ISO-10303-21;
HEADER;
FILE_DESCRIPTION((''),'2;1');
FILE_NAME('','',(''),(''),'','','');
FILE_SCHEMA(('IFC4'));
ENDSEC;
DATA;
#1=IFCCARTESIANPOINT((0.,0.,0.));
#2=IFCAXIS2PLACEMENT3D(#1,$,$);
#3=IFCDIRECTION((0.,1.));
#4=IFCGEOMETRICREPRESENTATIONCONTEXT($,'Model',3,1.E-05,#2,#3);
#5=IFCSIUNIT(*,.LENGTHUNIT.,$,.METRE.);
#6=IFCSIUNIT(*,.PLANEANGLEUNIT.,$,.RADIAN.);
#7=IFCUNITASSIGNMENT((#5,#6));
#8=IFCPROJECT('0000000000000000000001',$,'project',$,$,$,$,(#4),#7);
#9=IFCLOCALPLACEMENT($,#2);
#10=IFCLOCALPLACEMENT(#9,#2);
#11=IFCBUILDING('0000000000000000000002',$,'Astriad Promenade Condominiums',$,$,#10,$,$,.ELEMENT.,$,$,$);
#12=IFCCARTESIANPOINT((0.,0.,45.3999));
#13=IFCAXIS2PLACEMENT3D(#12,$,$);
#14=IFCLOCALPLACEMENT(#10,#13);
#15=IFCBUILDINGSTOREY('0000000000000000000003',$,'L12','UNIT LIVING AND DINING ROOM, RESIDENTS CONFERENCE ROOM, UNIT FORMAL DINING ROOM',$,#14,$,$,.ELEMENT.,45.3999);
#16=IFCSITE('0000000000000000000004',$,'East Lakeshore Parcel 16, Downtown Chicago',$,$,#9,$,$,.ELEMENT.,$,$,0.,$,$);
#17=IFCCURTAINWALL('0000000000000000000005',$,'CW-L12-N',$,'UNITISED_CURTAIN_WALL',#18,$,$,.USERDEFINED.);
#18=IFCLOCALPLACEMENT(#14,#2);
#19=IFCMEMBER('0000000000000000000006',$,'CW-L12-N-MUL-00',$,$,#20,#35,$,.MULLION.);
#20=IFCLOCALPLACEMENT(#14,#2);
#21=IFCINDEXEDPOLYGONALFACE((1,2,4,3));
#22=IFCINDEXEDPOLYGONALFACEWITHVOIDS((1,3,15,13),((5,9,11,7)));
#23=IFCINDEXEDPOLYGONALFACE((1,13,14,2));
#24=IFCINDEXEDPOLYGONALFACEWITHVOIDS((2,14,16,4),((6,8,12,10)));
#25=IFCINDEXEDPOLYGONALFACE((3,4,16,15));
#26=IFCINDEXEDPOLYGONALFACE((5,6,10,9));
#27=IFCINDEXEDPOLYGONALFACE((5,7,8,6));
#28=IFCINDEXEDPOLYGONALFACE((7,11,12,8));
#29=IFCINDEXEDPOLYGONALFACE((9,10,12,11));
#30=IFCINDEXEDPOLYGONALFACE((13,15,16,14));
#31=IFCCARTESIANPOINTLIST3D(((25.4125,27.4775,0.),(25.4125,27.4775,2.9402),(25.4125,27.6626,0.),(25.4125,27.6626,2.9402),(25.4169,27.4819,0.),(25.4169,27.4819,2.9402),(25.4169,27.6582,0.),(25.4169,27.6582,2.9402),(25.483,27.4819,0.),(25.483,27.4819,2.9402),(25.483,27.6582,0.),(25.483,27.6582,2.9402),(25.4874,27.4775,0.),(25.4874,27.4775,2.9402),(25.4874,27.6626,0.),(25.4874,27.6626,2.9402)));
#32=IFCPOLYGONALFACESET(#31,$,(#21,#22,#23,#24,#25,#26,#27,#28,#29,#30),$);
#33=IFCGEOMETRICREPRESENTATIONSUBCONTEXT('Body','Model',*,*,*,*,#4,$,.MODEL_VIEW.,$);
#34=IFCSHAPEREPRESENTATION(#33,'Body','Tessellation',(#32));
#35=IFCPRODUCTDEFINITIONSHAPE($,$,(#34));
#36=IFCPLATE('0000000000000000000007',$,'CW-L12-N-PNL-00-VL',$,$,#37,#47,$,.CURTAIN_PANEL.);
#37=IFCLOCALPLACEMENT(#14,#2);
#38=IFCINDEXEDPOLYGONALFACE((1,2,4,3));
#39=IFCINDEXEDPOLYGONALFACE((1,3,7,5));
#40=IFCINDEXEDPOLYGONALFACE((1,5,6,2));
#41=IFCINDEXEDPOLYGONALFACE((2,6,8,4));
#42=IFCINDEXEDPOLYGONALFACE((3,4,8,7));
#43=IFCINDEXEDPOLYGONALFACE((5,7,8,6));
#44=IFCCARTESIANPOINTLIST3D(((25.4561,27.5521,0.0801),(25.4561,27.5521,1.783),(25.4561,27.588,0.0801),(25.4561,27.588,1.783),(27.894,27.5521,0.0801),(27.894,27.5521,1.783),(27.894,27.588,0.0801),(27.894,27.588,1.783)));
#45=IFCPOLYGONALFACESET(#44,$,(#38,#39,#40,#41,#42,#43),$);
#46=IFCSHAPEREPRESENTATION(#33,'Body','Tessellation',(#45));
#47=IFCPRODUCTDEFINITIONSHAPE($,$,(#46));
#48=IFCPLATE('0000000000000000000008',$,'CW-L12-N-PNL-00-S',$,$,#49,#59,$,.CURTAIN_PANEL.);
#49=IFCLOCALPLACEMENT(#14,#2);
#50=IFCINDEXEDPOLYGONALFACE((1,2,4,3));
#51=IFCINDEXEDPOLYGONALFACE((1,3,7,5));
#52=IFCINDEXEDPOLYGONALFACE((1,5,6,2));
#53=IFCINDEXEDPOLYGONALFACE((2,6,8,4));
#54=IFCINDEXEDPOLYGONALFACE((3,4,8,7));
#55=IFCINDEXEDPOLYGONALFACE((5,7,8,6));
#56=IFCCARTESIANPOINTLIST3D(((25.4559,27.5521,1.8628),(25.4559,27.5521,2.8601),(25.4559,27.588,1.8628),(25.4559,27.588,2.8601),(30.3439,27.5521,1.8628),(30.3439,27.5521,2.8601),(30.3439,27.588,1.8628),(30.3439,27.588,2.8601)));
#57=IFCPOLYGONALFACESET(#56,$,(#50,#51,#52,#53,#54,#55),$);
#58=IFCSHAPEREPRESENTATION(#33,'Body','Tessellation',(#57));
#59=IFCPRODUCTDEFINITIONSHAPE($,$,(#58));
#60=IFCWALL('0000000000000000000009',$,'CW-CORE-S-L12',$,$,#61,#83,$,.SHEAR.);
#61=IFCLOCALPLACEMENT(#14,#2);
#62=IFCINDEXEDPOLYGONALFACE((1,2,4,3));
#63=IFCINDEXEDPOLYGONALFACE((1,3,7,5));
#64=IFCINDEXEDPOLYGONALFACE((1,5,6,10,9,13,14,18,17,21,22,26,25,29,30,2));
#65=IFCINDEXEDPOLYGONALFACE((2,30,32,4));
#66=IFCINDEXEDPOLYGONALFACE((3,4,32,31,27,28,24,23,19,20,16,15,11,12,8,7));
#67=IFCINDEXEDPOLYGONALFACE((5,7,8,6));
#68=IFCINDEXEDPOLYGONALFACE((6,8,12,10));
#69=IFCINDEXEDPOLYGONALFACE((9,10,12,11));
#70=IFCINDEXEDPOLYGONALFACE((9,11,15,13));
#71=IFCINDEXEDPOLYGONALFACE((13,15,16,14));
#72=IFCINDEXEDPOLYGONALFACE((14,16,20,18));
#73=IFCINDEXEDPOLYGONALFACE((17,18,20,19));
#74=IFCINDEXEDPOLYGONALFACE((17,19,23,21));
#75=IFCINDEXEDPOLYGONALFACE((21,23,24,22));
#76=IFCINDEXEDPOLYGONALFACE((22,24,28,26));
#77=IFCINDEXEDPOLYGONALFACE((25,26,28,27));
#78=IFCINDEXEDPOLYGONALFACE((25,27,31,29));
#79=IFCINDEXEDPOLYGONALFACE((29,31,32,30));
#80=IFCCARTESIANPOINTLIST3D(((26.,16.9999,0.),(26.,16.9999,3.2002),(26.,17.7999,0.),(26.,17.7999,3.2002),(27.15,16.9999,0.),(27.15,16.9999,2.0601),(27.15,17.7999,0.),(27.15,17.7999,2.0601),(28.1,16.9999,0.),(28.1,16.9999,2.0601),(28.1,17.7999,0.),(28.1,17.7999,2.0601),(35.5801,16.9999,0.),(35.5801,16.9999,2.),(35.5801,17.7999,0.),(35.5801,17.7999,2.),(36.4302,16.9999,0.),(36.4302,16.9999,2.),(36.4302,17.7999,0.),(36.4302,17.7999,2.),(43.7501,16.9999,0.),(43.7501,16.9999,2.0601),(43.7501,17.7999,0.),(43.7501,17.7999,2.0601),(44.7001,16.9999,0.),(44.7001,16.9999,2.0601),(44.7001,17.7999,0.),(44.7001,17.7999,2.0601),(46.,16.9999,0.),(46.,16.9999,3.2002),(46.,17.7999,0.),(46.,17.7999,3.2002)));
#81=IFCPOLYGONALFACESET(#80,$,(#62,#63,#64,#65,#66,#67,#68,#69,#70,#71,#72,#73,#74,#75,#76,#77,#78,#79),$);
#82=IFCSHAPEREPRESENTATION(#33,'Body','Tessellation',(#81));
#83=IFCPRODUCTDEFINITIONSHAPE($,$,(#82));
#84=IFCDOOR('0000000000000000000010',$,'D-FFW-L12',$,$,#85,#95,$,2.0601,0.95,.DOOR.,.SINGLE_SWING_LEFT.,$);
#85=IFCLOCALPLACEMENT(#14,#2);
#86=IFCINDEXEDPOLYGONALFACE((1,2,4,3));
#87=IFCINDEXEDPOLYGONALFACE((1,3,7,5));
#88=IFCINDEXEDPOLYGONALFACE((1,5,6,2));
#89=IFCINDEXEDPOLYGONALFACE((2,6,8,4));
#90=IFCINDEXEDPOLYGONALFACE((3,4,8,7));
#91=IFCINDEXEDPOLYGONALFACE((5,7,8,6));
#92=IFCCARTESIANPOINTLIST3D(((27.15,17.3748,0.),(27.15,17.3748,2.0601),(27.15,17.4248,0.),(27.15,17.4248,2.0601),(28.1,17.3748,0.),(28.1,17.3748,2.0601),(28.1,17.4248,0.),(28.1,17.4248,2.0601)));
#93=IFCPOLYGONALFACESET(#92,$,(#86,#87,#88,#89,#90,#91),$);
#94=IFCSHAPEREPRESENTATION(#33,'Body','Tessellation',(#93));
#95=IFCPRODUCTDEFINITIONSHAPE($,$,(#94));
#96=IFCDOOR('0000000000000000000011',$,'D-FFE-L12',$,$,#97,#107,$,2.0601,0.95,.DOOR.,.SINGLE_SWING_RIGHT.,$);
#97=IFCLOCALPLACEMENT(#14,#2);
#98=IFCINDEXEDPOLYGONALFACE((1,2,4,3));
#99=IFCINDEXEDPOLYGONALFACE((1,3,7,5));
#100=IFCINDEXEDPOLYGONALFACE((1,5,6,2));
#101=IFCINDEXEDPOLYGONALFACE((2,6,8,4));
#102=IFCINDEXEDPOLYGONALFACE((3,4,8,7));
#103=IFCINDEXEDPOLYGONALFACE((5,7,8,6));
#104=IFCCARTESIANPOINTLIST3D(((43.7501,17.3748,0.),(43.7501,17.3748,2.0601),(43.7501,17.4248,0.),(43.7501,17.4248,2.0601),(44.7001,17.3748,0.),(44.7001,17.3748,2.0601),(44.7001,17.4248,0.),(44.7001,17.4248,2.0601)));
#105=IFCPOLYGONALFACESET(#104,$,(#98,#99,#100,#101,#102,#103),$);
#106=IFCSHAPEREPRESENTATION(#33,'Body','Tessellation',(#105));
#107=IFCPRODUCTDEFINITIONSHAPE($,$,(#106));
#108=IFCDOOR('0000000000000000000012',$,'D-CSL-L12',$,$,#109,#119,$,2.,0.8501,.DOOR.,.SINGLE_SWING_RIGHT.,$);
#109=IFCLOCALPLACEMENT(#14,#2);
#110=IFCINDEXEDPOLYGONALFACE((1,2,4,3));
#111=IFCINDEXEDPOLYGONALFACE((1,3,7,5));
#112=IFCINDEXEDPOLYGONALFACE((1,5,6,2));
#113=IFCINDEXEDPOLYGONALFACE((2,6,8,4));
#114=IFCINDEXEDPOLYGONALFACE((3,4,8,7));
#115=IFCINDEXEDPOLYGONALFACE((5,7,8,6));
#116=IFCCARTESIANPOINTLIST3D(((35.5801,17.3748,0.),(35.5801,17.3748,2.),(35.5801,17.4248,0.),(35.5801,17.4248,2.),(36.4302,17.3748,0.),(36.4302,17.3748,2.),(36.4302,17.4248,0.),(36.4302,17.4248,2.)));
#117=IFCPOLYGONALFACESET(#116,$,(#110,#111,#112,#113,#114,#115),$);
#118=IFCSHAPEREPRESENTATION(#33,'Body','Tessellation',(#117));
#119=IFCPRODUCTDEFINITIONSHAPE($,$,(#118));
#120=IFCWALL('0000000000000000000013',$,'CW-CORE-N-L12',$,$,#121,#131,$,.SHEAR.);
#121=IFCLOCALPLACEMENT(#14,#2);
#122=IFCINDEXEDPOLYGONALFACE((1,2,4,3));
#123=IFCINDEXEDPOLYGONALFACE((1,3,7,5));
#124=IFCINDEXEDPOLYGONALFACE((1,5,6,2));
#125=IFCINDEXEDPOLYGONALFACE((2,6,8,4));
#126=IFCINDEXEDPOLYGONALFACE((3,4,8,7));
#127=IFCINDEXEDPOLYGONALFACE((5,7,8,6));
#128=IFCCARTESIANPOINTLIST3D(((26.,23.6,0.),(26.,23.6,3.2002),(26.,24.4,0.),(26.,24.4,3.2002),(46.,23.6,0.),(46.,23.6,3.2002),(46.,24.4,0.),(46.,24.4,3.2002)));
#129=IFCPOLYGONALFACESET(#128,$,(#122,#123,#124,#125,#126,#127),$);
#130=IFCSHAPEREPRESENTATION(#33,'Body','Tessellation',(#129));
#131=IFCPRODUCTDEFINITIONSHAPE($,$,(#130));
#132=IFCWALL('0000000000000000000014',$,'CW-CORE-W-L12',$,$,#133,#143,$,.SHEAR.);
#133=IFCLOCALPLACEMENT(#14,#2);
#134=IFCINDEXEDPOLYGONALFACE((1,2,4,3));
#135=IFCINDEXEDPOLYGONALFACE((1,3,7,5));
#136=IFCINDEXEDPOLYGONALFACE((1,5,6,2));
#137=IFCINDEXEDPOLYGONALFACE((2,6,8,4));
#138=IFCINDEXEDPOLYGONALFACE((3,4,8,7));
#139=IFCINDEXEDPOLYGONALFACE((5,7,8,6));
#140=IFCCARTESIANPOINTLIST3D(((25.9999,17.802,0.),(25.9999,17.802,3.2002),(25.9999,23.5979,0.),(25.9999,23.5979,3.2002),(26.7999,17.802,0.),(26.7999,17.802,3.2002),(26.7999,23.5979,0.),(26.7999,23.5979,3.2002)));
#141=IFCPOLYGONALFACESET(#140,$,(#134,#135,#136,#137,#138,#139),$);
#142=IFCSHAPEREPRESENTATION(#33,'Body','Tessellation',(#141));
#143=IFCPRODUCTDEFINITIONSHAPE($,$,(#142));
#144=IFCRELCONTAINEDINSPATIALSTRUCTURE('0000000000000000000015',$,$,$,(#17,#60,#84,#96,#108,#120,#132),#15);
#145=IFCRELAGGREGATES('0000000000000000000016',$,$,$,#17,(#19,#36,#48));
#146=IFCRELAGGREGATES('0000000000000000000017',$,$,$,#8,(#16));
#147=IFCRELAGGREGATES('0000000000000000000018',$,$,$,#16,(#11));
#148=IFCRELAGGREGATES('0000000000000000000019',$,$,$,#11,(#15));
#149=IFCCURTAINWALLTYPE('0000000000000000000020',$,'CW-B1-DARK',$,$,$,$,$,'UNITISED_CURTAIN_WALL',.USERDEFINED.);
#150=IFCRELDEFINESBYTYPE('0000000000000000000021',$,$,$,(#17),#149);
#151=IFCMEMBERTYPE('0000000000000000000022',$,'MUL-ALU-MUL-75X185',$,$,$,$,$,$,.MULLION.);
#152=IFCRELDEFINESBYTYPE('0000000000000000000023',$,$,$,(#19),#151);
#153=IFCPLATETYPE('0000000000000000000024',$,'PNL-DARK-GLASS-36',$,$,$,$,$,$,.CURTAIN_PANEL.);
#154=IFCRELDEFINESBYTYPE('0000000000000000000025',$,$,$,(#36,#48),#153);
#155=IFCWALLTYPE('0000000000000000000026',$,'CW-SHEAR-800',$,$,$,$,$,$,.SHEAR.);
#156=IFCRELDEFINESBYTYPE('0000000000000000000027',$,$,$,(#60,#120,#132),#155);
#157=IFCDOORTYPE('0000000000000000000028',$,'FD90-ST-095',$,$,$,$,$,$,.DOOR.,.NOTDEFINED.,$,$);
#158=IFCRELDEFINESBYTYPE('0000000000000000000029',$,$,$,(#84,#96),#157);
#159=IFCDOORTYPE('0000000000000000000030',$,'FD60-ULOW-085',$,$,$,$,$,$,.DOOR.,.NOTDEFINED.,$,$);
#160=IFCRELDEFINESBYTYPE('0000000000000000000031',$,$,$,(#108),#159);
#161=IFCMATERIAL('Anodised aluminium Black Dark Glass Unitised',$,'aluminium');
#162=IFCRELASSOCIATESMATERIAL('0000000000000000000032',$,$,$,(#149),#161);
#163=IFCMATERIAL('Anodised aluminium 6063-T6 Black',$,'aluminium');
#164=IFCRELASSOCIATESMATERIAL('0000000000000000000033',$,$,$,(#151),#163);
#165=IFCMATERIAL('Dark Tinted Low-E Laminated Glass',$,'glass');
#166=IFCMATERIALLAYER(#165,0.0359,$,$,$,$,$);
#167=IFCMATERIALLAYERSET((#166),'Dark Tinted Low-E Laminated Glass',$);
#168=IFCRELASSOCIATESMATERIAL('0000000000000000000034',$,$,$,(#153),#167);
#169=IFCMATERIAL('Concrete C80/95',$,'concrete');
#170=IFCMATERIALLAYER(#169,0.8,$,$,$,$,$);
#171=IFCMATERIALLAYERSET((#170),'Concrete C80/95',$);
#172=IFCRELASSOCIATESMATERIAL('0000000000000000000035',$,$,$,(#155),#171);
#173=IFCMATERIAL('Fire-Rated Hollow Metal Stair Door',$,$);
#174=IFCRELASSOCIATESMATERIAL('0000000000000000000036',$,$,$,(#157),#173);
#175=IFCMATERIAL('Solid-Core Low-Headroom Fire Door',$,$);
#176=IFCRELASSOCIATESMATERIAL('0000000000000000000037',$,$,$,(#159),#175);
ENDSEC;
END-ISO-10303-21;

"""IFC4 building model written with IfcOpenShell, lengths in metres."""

from ifc_helpers import new_model, si_unit, direction, frame, frame_2d, origin, origin_2d, place, context, subcontext, project, spatial, rectangle, hollow_rectangle, extrude, source, transform, mapped, material, layer, layer_set, material_profile, profile_set, type_object, type_shapes, element, fill, aggregate, save


model = new_model("IFC4")

# Units and contexts
model_context = context("Model", 3, precision=1e-05, world=origin(), true_north=direction((0.0, 1.0)))
body_context = subcontext(model_context, "Body", "Model", "MODEL_VIEW")
ifc_project = project(units=[si_unit("LENGTHUNIT", "METRE"), si_unit("PLANEANGLEUNIT", "RADIAN")], contexts=[model_context])

# Site, building, storey
site_placement = place(None, origin())
site = spatial("IfcSite", under=ifc_project, at=site_placement, Name="East Lakeshore Parcel 16, Downtown Chicago", CompositionType="ELEMENT", RefElevation=0.0)
building_placement = place(site_placement, origin())
building = spatial("IfcBuilding", under=site, at=building_placement, Name="Astriad Promenade Condominiums", CompositionType="ELEMENT")
storey_placement = place(building_placement, frame((0.0, 0.0, 45.3999)))
storey = spatial("IfcBuildingStorey", under=building, at=storey_placement, Name="L12", Description="UNIT LIVING AND DINING ROOM, RESIDENTS CONFERENCE ROOM, UNIT FORMAL DINING ROOM", CompositionType="ELEMENT", Elevation=45.3999)

# Shared definitions
ifc_material_1 = material(Name="Concrete C80/95", Category="concrete")

# Curtain wall, member, plates
ifc_material_2 = material(Name="Anodised aluminium Black Dark Glass Unitised", Category="aluminium")
curtain_wall_type = type_object("IfcCurtainWallType", Name="CW-B1-DARK", ElementType="UNITISED_CURTAIN_WALL", PredefinedType="USERDEFINED", material=ifc_material_2)
curtain_wall_placement = place(storey_placement, origin())
curtain_wall = element("IfcCurtainWall", 1, at=curtain_wall_placement, inside=storey, type_object=curtain_wall_type, Name="CW-L12-N", ObjectType="UNITISED_CURTAIN_WALL", PredefinedType="USERDEFINED")
ifc_material_3 = material(Name="Anodised aluminium 6063-T6 Black", Category="aluminium")
ifc_material_profile_1 = material_profile(ifc_material_3, hollow_rectangle(XDim=0.075, YDim=0.1851, WallThickness=0.0044, at=origin_2d()), Name="ALU-MUL-75X185")
ifc_profile_set_1 = profile_set([ifc_material_profile_1], Name="Anodised aluminium 6063-T6 Black")
member_type_1 = type_object("IfcMemberType", Name="MUL-ALU-MUL-75X185", PredefinedType="MULLION", material=ifc_profile_set_1)
shared_shape_1 = source(origin(), body_context, "Body", "SweptSolid", [
    extrude(hollow_rectangle(XDim=0.075, YDim=0.1851, WallThickness=0.0044, at=origin_2d()), origin(), (0.0, 0.0, 1.0), 2.9402),
])
type_shapes(member_type_1, [shared_shape_1])
member_1_placement = place(storey_placement, frame((25.45, 27.5701, 0.0), z_axis=(0.0, 0.0, 1.0), x_axis=(1.0, 0.0, 0.0)))
member_1 = element("IfcMember", 2, at=member_1_placement, type_object=member_type_1, Name="CW-L12-N-MUL-00", PredefinedType="MULLION", context=body_context, shape_type="MappedRepresentation", body=[
    mapped(shared_shape_1, transform((0.0, 0.0, 0.0), scale=1.0)),
])
ifc_material_4 = material(Name="Dark Tinted Low-E Laminated Glass", Category="glass")
ifc_layer_1 = layer(ifc_material_4, 0.0359)
ifc_layer_set_1 = layer_set([ifc_layer_1], Name="Dark Tinted Low-E Laminated Glass")
plate_type = type_object("IfcPlateType", Name="PNL-DARK-GLASS-36", PredefinedType="CURTAIN_PANEL", material=ifc_layer_set_1)
shared_shape_2 = source(origin(), body_context, "Body", "SweptSolid", [
    extrude(rectangle(XDim=2.438, YDim=0.0359, at=origin_2d()), origin(), (0.0, 0.0, 1.0), 1.7029),
])
plate_1_placement = place(storey_placement, frame((26.675, 27.5701, 0.0801), z_axis=(0.0, 0.0, 1.0), x_axis=(1.0, 0.0, 0.0)))
plate_1 = element("IfcPlate", 3, at=plate_1_placement, type_object=plate_type, Name="CW-L12-N-PNL-00-VL", PredefinedType="CURTAIN_PANEL", context=body_context, shape_type="MappedRepresentation", body=[
    mapped(shared_shape_2, transform((0.0, 0.0, 0.0), scale=1.0)),
])
shared_shape_3 = source(origin(), body_context, "Body", "SweptSolid", [
    extrude(rectangle(XDim=4.8879, YDim=0.0359, at=origin_2d()), origin(), (0.0, 0.0, 1.0), 0.9973),
])
type_shapes(plate_type, [shared_shape_2, shared_shape_3])
plate_2_placement = place(storey_placement, frame((27.8999, 27.5701, 1.8628), z_axis=(0.0, 0.0, 1.0), x_axis=(1.0, 0.0, 0.0)))
plate_2 = element("IfcPlate", 4, at=plate_2_placement, type_object=plate_type, Name="CW-L12-N-PNL-00-S", PredefinedType="CURTAIN_PANEL", context=body_context, shape_type="MappedRepresentation", body=[
    mapped(shared_shape_3, transform((0.0, 0.0, 0.0), scale=1.0)),
])
aggregate(curtain_wall, [member_1, plate_1, plate_2])

# Wall, openings, doors
ifc_layer_2 = layer(ifc_material_1, 0.8)
ifc_layer_set_2 = layer_set([ifc_layer_2], Name="Concrete C80/95")
wall_type_1 = type_object("IfcWallType", Name="CW-SHEAR-800", PredefinedType="SHEAR", material=ifc_layer_set_2)
wall_1_placement = place(storey_placement, frame((26.0, 17.3999, 0.0), z_axis=(0.0, 0.0, 1.0), x_axis=(1.0, 0.0, 0.0)))
wall_1 = element("IfcWall", 5, at=wall_1_placement, inside=storey, type_object=wall_type_1, Name="CW-CORE-S-L12", PredefinedType="SHEAR", context=body_context, shape_type="SweptSolid", body=[
    extrude(rectangle(XDim=20.0, YDim=0.8, at=frame_2d((10.0, 0.0))), origin(), (0.0, 0.0, 1.0), 3.2002),
])
opening_1_placement = place(wall_1_placement, frame((1.1499, 0.0, 0.0)))
opening_1 = element("IfcOpeningElement", 6, at=opening_1_placement, cuts=wall_1, PredefinedType="OPENING", context=body_context, shape_type="SweptSolid", body=[
    extrude(rectangle(XDim=0.95, YDim=2.0601, at=frame_2d((0.4751, 1.03))), frame((0.0, 0.4099, 0.0), z_axis=(0.0, -1.0, 0.0), x_axis=(1.0, 0.0, 0.0)), (0.0, 0.0, 1.0), 0.8201),
])
opening_2_placement = place(wall_1_placement, frame((9.5801, 0.0, 0.0)))
opening_2 = element("IfcOpeningElement", 7, at=opening_2_placement, cuts=wall_1, PredefinedType="OPENING", context=body_context, shape_type="SweptSolid", body=[
    extrude(rectangle(XDim=0.8501, YDim=2.0, at=frame_2d((0.425, 1.0))), frame((0.0, 0.4099, 0.0), z_axis=(0.0, -1.0, 0.0), x_axis=(1.0, 0.0, 0.0)), (0.0, 0.0, 1.0), 0.8201),
])
opening_3_placement = place(wall_1_placement, frame((17.75, 0.0, 0.0)))
opening_3 = element("IfcOpeningElement", 8, at=opening_3_placement, cuts=wall_1, PredefinedType="OPENING", context=body_context, shape_type="SweptSolid", body=[
    extrude(rectangle(XDim=0.95, YDim=2.0601, at=frame_2d((0.4751, 1.03))), frame((0.0, 0.4099, 0.0), z_axis=(0.0, -1.0, 0.0), x_axis=(1.0, 0.0, 0.0)), (0.0, 0.0, 1.0), 0.8201),
])
ifc_material_5 = material(Name="Fire-Rated Hollow Metal Stair Door")
door_type_1 = type_object("IfcDoorType", Name="FD90-ST-095", OperationType="NOTDEFINED", PredefinedType="DOOR", material=ifc_material_5)
shared_shape_4 = source(origin(), body_context, "Body", "SweptSolid", [
    extrude(rectangle(XDim=0.95, YDim=2.0601, at=frame_2d((0.4751, 1.03))), frame((0.0, 0.0249, 0.0), z_axis=(0.0, -1.0, 0.0), x_axis=(1.0, 0.0, 0.0)), (0.0, 0.0, 1.0), 0.05),
])
type_shapes(door_type_1, [shared_shape_4])
door_1_placement = place(opening_1_placement, origin())
door_1 = element("IfcDoor", 9, at=door_1_placement, inside=storey, type_object=door_type_1, Name="D-FFW-L12", OperationType="SINGLE_SWING_LEFT", OverallHeight=2.0601, OverallWidth=0.95, PredefinedType="DOOR", context=body_context, shape_type="MappedRepresentation", body=[
    mapped(shared_shape_4, transform((0.0, 0.0, 0.0), scale=1.0)),
])
fill(opening_1, door_1)
door_2_placement = place(opening_3_placement, origin())
door_2 = element("IfcDoor", 10, at=door_2_placement, inside=storey, type_object=door_type_1, Name="D-FFE-L12", OperationType="SINGLE_SWING_RIGHT", OverallHeight=2.0601, OverallWidth=0.95, PredefinedType="DOOR", context=body_context, shape_type="MappedRepresentation", body=[
    mapped(shared_shape_4, transform((0.0, 0.0, 0.0), scale=1.0)),
])
fill(opening_3, door_2)
ifc_material_6 = material(Name="Solid-Core Low-Headroom Fire Door")
door_type_2 = type_object("IfcDoorType", Name="FD60-ULOW-085", OperationType="NOTDEFINED", PredefinedType="DOOR", material=ifc_material_6)
shared_shape_5 = source(origin(), body_context, "Body", "SweptSolid", [
    extrude(rectangle(XDim=0.8501, YDim=2.0, at=frame_2d((0.425, 1.0))), frame((0.0, 0.0249, 0.0), z_axis=(0.0, -1.0, 0.0), x_axis=(1.0, 0.0, 0.0)), (0.0, 0.0, 1.0), 0.05),
])
type_shapes(door_type_2, [shared_shape_5])
door_3_placement = place(opening_2_placement, origin())
door_3 = element("IfcDoor", 11, at=door_3_placement, inside=storey, type_object=door_type_2, Name="D-CSL-L12", OperationType="SINGLE_SWING_RIGHT", OverallHeight=2.0, OverallWidth=0.8501, PredefinedType="DOOR", context=body_context, shape_type="MappedRepresentation", body=[
    mapped(shared_shape_5, transform((0.0, 0.0, 0.0), scale=1.0)),
])
fill(opening_2, door_3)

# Walls
wall_2_placement = place(storey_placement, frame((26.0, 24.0, 0.0), z_axis=(0.0, 0.0, 1.0), x_axis=(1.0, 0.0, 0.0)))
element("IfcWall", 12, at=wall_2_placement, inside=storey, type_object=wall_type_1, Name="CW-CORE-N-L12", PredefinedType="SHEAR", context=body_context, shape_type="SweptSolid", body=[
    extrude(rectangle(XDim=20.0, YDim=0.8, at=frame_2d((10.0, 0.0))), origin(), (0.0, 0.0, 1.0), 3.2002),
])
wall_3_placement = place(storey_placement, frame((26.3999, 17.802, 0.0), z_axis=(0.0, 0.0, 1.0), x_axis=(0.0, 1.0, 0.0)))
element("IfcWall", 13, at=wall_3_placement, inside=storey, type_object=wall_type_1, Name="CW-CORE-W-L12", PredefinedType="SHEAR", context=body_context, shape_type="SweptSolid", body=[
    extrude(rectangle(XDim=5.7959, YDim=0.8, at=frame_2d((2.8979, 0.0))), origin(), (0.0, 0.0, 1.0), 3.2002),
])

save(model, "model.ifc")
